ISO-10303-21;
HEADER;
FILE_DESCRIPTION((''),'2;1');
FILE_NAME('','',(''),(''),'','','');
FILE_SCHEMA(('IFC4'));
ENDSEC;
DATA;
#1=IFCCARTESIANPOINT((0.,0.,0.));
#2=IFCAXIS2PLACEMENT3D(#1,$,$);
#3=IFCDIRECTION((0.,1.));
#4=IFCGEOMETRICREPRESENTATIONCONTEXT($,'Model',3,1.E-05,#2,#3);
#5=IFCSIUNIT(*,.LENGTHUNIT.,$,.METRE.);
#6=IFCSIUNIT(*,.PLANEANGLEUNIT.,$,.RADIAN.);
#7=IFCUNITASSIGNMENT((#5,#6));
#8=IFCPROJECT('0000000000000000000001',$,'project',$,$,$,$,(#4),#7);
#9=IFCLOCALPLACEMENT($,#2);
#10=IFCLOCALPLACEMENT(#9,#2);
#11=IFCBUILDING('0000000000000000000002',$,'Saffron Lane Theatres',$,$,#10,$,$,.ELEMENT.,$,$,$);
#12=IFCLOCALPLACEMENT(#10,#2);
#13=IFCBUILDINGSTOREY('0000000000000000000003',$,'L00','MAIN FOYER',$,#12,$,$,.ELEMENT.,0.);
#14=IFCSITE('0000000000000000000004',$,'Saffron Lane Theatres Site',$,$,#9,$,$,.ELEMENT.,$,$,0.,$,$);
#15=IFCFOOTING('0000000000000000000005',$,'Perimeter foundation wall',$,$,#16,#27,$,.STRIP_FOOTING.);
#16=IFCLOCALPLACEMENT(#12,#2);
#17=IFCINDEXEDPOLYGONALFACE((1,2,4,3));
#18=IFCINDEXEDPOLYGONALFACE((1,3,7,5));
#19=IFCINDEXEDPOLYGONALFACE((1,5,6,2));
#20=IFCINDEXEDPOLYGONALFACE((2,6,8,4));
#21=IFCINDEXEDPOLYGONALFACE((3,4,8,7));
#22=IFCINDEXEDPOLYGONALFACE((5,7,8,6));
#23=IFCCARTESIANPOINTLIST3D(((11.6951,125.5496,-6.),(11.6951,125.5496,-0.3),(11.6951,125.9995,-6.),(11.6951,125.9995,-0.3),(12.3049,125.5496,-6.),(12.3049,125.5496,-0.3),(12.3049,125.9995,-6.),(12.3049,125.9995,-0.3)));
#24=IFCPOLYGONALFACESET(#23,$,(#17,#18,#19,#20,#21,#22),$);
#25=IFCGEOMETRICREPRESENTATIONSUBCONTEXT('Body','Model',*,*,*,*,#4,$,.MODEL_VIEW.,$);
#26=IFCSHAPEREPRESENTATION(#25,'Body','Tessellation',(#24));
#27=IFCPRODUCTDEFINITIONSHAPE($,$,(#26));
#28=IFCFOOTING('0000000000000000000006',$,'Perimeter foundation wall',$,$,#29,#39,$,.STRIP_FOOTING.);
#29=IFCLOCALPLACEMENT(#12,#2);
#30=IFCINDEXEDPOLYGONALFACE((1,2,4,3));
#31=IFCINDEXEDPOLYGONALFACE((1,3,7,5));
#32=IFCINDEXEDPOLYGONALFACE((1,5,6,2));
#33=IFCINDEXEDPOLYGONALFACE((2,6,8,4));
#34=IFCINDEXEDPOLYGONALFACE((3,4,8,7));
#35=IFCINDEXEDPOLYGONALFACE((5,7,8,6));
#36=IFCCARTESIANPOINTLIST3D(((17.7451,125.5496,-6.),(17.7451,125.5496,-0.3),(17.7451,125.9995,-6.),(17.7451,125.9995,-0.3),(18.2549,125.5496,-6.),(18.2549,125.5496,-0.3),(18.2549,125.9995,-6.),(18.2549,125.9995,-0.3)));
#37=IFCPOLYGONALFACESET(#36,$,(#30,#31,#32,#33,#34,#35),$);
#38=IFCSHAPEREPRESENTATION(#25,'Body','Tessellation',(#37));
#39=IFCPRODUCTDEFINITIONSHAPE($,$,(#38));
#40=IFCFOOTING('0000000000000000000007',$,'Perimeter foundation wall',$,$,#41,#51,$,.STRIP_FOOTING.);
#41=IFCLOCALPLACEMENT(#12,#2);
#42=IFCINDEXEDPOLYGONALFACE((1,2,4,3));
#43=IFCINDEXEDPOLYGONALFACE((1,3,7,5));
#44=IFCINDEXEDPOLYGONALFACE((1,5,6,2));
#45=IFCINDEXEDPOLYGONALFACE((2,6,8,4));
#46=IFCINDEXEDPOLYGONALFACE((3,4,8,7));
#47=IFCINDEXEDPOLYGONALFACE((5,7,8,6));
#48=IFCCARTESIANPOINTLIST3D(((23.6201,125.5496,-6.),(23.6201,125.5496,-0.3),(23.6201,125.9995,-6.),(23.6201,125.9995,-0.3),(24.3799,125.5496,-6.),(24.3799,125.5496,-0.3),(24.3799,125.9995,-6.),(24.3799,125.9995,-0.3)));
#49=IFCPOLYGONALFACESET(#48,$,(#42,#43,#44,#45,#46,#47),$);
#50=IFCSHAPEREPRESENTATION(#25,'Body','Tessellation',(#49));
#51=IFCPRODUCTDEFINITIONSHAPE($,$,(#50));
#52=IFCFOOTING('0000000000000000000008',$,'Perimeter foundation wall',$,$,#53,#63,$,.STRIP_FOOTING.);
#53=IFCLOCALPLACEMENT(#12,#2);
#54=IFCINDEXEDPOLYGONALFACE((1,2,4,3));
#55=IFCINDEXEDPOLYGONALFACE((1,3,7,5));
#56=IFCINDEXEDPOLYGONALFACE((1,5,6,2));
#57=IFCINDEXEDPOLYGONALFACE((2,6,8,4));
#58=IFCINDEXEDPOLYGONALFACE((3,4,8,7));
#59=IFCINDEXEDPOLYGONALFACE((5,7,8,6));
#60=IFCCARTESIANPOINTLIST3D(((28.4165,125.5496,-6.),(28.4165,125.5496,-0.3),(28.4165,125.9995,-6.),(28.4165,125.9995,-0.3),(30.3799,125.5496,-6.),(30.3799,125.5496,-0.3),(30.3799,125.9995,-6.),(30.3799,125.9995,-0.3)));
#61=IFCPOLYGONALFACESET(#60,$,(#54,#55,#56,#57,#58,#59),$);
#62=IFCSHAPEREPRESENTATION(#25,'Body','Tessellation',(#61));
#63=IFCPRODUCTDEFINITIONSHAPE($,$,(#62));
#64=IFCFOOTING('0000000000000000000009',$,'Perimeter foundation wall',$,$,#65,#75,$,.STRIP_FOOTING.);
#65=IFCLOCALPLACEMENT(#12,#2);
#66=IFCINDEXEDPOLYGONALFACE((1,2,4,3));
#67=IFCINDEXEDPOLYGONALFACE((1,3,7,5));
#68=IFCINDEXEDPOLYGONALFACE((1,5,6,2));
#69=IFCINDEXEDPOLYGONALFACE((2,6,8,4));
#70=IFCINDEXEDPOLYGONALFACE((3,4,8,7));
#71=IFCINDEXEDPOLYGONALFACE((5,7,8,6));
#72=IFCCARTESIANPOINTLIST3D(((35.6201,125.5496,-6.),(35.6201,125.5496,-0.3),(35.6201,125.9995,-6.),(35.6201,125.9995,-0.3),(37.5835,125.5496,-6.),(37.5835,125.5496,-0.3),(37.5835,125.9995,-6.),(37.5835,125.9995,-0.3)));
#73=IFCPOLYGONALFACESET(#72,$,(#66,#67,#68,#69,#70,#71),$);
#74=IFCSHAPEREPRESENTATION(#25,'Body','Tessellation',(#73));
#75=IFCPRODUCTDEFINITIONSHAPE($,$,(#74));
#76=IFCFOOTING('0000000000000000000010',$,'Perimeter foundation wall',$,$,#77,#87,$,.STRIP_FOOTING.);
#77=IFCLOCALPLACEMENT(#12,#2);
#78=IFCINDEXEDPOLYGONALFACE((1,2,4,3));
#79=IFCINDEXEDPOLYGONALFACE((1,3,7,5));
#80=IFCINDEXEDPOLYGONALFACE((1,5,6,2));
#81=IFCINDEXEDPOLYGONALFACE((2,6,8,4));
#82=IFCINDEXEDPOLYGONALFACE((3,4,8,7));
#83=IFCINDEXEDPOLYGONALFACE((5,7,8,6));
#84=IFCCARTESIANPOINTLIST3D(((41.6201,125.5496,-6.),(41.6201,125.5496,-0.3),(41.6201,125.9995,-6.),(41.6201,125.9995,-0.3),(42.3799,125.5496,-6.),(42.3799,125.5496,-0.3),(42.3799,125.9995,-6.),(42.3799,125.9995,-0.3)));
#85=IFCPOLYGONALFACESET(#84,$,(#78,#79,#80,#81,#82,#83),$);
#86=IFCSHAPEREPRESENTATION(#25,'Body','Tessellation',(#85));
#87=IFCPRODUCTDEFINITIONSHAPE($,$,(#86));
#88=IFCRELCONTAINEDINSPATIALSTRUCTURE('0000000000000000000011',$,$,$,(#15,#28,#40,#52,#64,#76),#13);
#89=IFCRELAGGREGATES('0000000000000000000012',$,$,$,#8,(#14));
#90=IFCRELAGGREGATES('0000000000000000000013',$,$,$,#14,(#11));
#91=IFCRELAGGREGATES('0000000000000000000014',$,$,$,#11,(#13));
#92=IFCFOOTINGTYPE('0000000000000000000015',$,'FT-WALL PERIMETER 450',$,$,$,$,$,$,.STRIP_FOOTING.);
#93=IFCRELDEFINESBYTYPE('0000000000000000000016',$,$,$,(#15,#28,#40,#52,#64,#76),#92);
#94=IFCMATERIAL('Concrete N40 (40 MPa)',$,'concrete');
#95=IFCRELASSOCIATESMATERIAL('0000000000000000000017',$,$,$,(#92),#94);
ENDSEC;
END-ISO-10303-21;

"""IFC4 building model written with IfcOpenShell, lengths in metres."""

from ifc_helpers import new_model, si_unit, direction, frame, origin, place, context, subcontext, project, spatial, polyline, outline, extrude, material, type_object, element, save


model = new_model("IFC4")

# Units and contexts
model_context = context("Model", 3, precision=1e-05, world=origin(), true_north=direction((0.0, 1.0)))
body_context = subcontext(model_context, "Body", "Model", "MODEL_VIEW")
ifc_project = project(units=[si_unit("LENGTHUNIT", "METRE"), si_unit("PLANEANGLEUNIT", "RADIAN")], contexts=[model_context])

# Site, building, storey
site_placement = place(None, origin())
site = spatial("IfcSite", under=ifc_project, at=site_placement, Name="Saffron Lane Theatres Site", CompositionType="ELEMENT", RefElevation=0.0)
building_placement = place(site_placement, origin())
building = spatial("IfcBuilding", under=site, at=building_placement, Name="Saffron Lane Theatres", CompositionType="ELEMENT")
storey_placement = place(building_placement, origin())
storey = spatial("IfcBuildingStorey", under=building, at=storey_placement, Name="L00", Description="MAIN FOYER", CompositionType="ELEMENT", Elevation=0.0)

# Footings
ifc_material_1 = material(Name="Concrete N40 (40 MPa)", Category="concrete")
footing_type_1 = type_object("IfcFootingType", Name="FT-WALL PERIMETER 450", PredefinedType="STRIP_FOOTING", material=ifc_material_1)
footing_1_placement = place(storey_placement, frame((0.0, 0.0, -6.0)))
element("IfcFooting", 1, at=footing_1_placement, inside=storey, type_object=footing_type_1, Name="Perimeter foundation wall", PredefinedType="STRIP_FOOTING", context=body_context, shape_type="SweptSolid", body=[
    extrude(outline(polyline([(12.3049, 125.5496), (12.3049, 125.9995), (11.6951, 125.9995), (11.6951, 125.5496), (12.3049, 125.5496)])), origin(), (0.0, 0.0, 1.0), 5.7),
])
footing_2_placement = place(storey_placement, frame((0.0, 0.0, -6.0)))
element("IfcFooting", 2, at=footing_2_placement, inside=storey, type_object=footing_type_1, Name="Perimeter foundation wall", PredefinedType="STRIP_FOOTING", context=body_context, shape_type="SweptSolid", body=[
    extrude(outline(polyline([(18.2549, 125.5496), (18.2549, 125.9995), (17.7451, 125.9995), (17.7451, 125.5496), (18.2549, 125.5496)])), origin(), (0.0, 0.0, 1.0), 5.7),
])
footing_3_placement = place(storey_placement, frame((0.0, 0.0, -6.0)))
element("IfcFooting", 3, at=footing_3_placement, inside=storey, type_object=footing_type_1, Name="Perimeter foundation wall", PredefinedType="STRIP_FOOTING", context=body_context, shape_type="SweptSolid", body=[
    extrude(outline(polyline([(24.3799, 125.5496), (24.3799, 125.9995), (23.6201, 125.9995), (23.6201, 125.5496), (24.3799, 125.5496)])), origin(), (0.0, 0.0, 1.0), 5.7),
])
footing_4_placement = place(storey_placement, frame((0.0, 0.0, -6.0)))
element("IfcFooting", 4, at=footing_4_placement, inside=storey, type_object=footing_type_1, Name="Perimeter foundation wall", PredefinedType="STRIP_FOOTING", context=body_context, shape_type="SweptSolid", body=[
    extrude(outline(polyline([(30.3799, 125.5496), (30.3799, 125.9995), (28.4165, 125.9995), (28.4165, 125.5496), (30.3799, 125.5496)])), origin(), (0.0, 0.0, 1.0), 5.7),
])
footing_5_placement = place(storey_placement, frame((0.0, 0.0, -6.0)))
element("IfcFooting", 5, at=footing_5_placement, inside=storey, type_object=footing_type_1, Name="Perimeter foundation wall", PredefinedType="STRIP_FOOTING", context=body_context, shape_type="SweptSolid", body=[
    extrude(outline(polyline([(37.5835, 125.5496), (37.5835, 125.9995), (35.6201, 125.9995), (35.6201, 125.5496), (37.5835, 125.5496)])), origin(), (0.0, 0.0, 1.0), 5.7),
])
footing_6_placement = place(storey_placement, frame((0.0, 0.0, -6.0)))
element("IfcFooting", 6, at=footing_6_placement, inside=storey, type_object=footing_type_1, Name="Perimeter foundation wall", PredefinedType="STRIP_FOOTING", context=body_context, shape_type="SweptSolid", body=[
    extrude(outline(polyline([(42.3799, 125.5496), (42.3799, 125.9995), (41.6201, 125.9995), (41.6201, 125.5496), (42.3799, 125.5496)])), origin(), (0.0, 0.0, 1.0), 5.7),
])

save(model, "model.ifc")
